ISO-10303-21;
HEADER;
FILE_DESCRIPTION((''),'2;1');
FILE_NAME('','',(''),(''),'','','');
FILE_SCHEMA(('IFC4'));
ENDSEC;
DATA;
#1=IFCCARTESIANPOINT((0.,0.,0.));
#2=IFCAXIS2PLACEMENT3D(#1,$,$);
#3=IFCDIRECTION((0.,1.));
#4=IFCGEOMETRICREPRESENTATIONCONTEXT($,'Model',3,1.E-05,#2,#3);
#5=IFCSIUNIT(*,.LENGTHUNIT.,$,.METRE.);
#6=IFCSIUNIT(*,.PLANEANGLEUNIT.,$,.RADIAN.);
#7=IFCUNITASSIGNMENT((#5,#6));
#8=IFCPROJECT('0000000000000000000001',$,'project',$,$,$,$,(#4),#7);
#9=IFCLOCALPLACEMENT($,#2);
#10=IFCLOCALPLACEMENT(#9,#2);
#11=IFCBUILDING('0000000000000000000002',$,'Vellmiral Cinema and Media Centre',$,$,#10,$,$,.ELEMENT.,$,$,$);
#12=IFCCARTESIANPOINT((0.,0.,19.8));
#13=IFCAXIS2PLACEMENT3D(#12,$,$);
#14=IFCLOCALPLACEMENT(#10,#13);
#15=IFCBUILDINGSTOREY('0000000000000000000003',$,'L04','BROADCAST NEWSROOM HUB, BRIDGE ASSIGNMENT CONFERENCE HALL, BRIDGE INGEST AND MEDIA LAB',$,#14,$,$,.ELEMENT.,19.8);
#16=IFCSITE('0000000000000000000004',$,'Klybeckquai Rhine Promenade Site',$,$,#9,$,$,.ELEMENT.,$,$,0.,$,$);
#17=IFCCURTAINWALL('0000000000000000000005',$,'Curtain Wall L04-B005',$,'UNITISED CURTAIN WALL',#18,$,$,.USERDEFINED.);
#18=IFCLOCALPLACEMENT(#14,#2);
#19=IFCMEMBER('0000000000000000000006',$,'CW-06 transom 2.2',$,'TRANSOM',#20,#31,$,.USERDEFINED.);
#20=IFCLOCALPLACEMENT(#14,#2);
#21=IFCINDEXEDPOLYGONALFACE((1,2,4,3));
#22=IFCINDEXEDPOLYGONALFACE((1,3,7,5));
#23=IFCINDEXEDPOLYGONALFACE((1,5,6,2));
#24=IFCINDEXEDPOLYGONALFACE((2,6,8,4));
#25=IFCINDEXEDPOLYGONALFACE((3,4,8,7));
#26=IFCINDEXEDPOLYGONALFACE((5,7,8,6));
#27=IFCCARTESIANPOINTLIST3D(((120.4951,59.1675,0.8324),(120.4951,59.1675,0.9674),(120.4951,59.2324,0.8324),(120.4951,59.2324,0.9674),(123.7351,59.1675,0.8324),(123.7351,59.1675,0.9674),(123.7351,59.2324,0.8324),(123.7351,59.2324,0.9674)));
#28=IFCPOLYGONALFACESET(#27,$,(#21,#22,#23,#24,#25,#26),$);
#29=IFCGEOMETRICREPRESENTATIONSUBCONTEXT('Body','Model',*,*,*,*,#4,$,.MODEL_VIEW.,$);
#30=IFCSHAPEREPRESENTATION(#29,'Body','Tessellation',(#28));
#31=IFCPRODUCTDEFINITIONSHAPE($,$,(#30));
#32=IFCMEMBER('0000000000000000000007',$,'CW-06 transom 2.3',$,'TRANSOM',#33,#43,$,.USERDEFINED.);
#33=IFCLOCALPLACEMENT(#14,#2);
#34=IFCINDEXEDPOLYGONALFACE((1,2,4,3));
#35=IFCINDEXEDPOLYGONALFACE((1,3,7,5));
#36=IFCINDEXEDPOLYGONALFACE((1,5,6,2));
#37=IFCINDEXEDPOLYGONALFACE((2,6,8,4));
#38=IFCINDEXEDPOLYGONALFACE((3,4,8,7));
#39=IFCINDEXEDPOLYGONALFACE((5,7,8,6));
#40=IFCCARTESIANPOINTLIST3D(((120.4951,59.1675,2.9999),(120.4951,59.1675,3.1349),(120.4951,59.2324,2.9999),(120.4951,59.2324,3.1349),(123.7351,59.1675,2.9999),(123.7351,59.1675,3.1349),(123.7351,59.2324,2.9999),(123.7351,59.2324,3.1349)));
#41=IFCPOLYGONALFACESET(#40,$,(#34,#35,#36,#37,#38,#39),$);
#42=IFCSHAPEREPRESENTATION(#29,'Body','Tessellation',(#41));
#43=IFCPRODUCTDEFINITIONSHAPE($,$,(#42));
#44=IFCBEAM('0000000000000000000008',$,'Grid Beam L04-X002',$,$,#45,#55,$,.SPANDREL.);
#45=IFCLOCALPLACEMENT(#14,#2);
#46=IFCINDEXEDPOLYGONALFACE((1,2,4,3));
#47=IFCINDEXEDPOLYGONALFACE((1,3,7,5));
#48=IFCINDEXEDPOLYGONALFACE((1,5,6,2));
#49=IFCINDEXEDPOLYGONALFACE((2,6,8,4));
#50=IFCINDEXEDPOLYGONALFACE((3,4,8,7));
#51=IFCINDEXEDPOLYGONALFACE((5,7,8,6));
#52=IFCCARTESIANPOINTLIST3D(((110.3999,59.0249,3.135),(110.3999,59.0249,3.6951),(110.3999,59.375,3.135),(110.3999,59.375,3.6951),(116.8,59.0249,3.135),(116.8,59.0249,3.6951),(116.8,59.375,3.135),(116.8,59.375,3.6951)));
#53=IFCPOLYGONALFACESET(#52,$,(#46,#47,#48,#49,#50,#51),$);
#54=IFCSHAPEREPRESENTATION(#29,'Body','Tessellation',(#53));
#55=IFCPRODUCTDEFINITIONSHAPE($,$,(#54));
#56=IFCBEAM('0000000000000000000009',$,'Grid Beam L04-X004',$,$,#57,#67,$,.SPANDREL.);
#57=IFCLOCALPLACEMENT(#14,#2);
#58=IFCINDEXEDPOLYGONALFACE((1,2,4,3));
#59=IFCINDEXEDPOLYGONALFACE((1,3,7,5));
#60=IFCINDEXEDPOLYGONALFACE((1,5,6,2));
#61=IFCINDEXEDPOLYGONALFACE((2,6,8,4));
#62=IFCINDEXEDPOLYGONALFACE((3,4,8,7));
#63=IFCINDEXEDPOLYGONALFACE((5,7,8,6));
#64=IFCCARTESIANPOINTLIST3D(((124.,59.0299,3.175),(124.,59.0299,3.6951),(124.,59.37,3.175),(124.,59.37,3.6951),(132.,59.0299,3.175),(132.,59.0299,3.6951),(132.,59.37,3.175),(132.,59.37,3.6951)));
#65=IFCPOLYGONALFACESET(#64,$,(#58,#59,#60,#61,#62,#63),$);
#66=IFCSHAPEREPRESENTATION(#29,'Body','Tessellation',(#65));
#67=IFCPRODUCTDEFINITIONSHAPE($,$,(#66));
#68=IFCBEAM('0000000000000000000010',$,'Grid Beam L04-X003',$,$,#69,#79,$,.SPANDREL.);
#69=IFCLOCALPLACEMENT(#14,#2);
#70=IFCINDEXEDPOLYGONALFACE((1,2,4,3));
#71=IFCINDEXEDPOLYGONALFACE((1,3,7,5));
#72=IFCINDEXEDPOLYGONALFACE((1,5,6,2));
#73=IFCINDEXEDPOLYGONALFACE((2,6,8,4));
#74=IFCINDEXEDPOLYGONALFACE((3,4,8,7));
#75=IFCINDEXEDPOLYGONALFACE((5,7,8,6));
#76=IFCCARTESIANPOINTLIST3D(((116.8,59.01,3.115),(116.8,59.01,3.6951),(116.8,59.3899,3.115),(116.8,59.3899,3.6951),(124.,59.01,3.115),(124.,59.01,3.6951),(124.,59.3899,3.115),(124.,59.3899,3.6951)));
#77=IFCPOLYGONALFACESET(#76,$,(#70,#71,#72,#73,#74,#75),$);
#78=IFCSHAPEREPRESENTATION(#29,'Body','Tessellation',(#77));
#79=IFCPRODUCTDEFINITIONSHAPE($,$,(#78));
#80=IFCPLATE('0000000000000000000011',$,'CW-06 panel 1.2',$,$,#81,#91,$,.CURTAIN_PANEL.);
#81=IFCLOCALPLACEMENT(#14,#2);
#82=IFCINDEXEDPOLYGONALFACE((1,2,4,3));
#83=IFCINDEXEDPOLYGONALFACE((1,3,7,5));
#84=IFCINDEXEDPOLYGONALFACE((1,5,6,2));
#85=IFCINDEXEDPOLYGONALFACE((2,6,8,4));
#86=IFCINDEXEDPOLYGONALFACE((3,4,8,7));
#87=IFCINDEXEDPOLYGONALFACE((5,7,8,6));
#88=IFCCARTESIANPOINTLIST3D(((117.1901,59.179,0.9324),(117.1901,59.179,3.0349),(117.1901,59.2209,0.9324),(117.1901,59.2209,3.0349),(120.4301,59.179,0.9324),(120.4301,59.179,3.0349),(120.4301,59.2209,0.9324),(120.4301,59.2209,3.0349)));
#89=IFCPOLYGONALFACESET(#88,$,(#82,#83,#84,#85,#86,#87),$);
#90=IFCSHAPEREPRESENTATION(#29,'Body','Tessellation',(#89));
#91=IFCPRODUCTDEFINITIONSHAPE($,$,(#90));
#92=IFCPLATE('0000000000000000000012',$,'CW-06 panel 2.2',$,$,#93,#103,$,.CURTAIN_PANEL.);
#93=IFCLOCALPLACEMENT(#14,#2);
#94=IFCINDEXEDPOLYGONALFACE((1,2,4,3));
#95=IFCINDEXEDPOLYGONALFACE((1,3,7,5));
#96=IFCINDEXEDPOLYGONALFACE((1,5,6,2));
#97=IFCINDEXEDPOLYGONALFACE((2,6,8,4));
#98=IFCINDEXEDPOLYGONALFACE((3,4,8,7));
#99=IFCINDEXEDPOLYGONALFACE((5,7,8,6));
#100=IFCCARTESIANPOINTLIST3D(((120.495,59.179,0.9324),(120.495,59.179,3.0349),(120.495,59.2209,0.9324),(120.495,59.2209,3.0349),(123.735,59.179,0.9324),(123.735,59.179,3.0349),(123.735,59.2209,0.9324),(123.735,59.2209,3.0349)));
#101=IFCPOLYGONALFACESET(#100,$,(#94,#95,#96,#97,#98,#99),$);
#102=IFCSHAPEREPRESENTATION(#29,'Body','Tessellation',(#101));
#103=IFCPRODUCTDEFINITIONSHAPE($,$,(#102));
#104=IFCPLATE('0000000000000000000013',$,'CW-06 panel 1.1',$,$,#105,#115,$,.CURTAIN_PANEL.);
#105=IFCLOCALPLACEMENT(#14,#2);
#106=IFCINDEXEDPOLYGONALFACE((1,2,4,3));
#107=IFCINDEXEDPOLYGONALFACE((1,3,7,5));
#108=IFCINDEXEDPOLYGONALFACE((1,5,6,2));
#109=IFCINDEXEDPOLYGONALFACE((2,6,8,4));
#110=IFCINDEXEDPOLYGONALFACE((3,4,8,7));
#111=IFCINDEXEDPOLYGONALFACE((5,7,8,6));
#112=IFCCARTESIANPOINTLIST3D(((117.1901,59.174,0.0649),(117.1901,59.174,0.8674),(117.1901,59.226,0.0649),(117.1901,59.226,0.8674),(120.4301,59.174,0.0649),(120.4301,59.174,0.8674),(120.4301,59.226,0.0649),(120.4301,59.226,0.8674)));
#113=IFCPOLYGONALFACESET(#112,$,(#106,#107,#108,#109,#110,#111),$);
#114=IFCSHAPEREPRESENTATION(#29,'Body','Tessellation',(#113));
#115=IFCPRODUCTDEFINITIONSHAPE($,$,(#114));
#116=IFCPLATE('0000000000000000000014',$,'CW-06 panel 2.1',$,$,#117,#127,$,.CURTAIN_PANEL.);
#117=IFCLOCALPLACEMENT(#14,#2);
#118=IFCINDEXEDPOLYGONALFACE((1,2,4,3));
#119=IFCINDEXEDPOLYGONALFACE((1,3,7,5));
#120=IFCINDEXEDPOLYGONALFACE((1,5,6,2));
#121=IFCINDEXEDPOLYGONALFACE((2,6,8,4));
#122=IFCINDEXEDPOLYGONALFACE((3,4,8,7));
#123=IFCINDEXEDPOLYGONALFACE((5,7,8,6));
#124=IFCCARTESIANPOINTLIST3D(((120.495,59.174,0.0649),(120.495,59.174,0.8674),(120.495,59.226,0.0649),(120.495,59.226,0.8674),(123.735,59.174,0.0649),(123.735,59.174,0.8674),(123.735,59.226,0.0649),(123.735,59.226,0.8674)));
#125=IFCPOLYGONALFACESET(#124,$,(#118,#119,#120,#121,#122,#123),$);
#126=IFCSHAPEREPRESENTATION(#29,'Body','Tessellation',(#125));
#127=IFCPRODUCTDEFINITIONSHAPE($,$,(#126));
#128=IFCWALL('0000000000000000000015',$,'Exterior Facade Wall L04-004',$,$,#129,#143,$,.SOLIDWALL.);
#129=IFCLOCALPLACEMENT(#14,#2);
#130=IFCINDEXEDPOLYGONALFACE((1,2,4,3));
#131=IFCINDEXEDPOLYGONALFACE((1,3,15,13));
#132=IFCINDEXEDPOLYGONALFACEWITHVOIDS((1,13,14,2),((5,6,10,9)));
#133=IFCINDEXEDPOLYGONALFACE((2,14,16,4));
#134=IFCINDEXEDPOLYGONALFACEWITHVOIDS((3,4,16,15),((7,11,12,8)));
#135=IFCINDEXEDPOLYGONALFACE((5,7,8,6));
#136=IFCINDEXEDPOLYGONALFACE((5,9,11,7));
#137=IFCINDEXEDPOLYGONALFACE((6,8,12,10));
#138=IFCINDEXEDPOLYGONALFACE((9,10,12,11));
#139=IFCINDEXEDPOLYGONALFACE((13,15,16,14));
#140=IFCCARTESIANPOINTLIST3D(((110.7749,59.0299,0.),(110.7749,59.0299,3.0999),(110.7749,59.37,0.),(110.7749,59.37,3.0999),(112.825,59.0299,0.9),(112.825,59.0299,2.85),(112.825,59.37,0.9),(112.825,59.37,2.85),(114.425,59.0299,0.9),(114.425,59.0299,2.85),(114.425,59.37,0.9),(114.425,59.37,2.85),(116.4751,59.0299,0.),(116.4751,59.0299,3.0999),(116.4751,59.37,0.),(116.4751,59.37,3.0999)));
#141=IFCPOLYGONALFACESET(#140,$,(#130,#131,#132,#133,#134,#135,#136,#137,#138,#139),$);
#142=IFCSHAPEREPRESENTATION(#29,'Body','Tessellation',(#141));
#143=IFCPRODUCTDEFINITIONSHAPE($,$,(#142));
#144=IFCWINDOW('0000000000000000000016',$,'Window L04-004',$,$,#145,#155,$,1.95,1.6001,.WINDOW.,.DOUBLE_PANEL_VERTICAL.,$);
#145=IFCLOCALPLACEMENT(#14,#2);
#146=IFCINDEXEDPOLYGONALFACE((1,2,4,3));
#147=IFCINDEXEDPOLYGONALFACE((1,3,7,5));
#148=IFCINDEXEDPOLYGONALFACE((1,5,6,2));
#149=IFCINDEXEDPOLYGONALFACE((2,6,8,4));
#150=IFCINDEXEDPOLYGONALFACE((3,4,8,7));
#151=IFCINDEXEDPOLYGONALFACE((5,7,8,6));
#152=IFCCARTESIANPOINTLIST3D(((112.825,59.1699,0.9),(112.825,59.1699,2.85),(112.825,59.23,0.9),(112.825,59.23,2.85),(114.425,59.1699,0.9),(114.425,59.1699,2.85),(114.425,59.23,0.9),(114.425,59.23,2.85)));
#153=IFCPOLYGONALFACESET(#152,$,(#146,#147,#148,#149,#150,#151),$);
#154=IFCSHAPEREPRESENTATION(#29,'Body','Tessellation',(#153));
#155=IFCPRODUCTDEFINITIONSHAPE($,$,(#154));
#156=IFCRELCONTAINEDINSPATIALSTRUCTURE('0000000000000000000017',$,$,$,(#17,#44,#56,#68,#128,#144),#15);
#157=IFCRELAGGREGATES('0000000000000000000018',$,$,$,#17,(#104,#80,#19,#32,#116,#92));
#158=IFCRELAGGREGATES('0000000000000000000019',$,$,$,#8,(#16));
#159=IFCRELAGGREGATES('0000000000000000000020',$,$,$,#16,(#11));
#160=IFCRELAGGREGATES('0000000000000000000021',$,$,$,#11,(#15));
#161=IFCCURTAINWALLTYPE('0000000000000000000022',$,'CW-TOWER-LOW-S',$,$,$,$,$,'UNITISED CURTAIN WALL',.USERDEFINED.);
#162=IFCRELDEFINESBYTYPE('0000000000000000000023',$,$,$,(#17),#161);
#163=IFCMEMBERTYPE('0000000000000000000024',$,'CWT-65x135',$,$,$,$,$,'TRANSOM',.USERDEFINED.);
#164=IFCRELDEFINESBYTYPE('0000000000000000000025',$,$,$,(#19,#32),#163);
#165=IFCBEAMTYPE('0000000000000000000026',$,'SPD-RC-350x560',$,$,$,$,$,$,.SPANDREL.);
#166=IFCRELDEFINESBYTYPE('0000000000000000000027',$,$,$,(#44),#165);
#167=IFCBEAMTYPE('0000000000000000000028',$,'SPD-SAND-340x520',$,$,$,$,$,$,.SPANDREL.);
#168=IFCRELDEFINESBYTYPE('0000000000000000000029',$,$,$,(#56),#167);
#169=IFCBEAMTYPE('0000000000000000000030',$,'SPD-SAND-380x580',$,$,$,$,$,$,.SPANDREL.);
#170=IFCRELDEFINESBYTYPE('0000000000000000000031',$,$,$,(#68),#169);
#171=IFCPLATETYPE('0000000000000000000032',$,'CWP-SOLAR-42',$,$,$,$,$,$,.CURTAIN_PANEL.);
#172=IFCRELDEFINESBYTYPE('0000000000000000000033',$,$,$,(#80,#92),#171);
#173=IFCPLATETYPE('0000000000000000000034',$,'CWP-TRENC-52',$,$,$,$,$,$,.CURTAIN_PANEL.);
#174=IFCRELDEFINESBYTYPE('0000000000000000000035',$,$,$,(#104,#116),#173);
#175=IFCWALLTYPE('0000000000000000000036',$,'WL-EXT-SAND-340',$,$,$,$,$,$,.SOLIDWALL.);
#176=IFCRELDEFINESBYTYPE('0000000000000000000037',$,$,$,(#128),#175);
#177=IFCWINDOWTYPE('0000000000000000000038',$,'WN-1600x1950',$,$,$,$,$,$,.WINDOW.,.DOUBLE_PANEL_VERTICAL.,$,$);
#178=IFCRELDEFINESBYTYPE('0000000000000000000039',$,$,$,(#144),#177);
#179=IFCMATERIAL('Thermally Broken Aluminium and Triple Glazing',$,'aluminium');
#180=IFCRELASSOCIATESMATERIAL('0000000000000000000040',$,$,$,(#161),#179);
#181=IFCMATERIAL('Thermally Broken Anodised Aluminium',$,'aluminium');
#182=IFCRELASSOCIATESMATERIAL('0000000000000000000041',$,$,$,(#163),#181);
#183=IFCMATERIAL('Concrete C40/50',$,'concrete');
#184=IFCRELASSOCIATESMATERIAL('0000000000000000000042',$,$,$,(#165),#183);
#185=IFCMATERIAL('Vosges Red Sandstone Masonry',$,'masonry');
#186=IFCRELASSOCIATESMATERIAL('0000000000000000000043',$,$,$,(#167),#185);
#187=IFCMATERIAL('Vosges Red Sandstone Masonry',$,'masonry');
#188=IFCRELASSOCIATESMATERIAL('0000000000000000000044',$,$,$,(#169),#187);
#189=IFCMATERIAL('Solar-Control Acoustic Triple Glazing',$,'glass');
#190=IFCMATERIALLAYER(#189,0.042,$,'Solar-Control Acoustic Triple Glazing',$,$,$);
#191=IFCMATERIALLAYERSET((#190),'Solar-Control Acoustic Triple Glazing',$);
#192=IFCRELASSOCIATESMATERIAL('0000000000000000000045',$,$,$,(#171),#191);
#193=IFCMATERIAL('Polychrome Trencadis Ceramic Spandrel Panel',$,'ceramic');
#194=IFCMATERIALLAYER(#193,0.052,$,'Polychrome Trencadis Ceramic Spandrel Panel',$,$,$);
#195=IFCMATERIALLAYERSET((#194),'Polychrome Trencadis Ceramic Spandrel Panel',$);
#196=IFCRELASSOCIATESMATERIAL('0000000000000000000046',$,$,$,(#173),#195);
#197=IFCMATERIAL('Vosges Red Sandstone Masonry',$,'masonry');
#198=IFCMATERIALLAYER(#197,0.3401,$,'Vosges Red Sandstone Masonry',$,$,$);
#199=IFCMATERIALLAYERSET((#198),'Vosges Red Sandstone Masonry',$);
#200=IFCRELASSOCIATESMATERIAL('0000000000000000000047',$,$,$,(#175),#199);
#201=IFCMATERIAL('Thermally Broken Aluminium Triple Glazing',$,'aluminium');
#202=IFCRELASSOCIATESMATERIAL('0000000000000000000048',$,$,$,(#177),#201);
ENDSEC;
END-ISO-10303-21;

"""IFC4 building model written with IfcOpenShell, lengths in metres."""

from ifc_helpers import new_model, si_unit, direction, frame, frame_2d, origin, origin_2d, place, context, subcontext, project, spatial, rectangle, extrude, material, layer, layer_set, material_profile, profile_set, type_object, element, fill, aggregate, save


model = new_model("IFC4")

# Units and contexts
model_context = context("Model", 3, precision=1e-05, world=origin(), true_north=direction((0.0, 1.0)))
body_context = subcontext(model_context, "Body", "Model", "MODEL_VIEW")
ifc_project = project(units=[si_unit("LENGTHUNIT", "METRE"), si_unit("PLANEANGLEUNIT", "RADIAN")], contexts=[model_context])

# Site, building, storey
site_placement = place(None, origin())
site = spatial("IfcSite", under=ifc_project, at=site_placement, Name="Klybeckquai Rhine Promenade Site", CompositionType="ELEMENT", RefElevation=0.0)
building_placement = place(site_placement, origin())
building = spatial("IfcBuilding", under=site, at=building_placement, Name="Vellmiral Cinema and Media Centre", CompositionType="ELEMENT")
storey_placement = place(building_placement, frame((0.0, 0.0, 19.8)))
storey = spatial("IfcBuildingStorey", under=building, at=storey_placement, Name="L04", Description="BROADCAST NEWSROOM HUB, BRIDGE ASSIGNMENT CONFERENCE HALL, BRIDGE INGEST AND MEDIA LAB", CompositionType="ELEMENT", Elevation=19.8)

# Shared definitions
ifc_material_1 = material(Name="Thermally Broken Aluminium and Triple Glazing", Category="aluminium")
curtain_wall_type = type_object("IfcCurtainWallType", Name="CW-TOWER-LOW-S", ElementType="UNITISED CURTAIN WALL", PredefinedType="USERDEFINED", material=ifc_material_1)

# Curtain wall, members
curtain_wall_1_placement = place(storey_placement, origin())
curtain_wall_1 = element("IfcCurtainWall", 1, at=curtain_wall_1_placement, inside=storey, type_object=curtain_wall_type, Name="Curtain Wall L04-B005", ObjectType="UNITISED CURTAIN WALL", PredefinedType="USERDEFINED")
ifc_material_2 = material(Name="Thermally Broken Anodised Aluminium", Category="aluminium")
ifc_material_profile_1 = material_profile(ifc_material_2, rectangle(XDim=0.0649, YDim=0.135, at=origin_2d()), Name="MULL 65x135")
ifc_profile_set_1 = profile_set([ifc_material_profile_1], Name="Thermally Broken Anodised Aluminium")
member_type_1 = type_object("IfcMemberType", Name="CWT-65x135", ElementType="TRANSOM", PredefinedType="USERDEFINED", material=ifc_profile_set_1)
member_1_placement = place(storey_placement, frame((120.4951, 59.2, 0.8999), z_axis=(1.0, 0.0, 0.0), x_axis=(0.0, 1.0, 0.0)))
member_1 = element("IfcMember", 2, at=member_1_placement, type_object=member_type_1, Name="CW-06 transom 2.2", ObjectType="TRANSOM", PredefinedType="USERDEFINED", context=body_context, shape_type="SweptSolid", body=[
    extrude(rectangle(XDim=0.0649, YDim=0.135, at=origin_2d()), origin(), (0.0, 0.0, 1.0), 3.24),
])
member_2_placement = place(storey_placement, frame((120.4951, 59.2, 3.0674), z_axis=(1.0, 0.0, 0.0), x_axis=(0.0, 1.0, 0.0)))
member_2 = element("IfcMember", 3, at=member_2_placement, type_object=member_type_1, Name="CW-06 transom 2.3", ObjectType="TRANSOM", PredefinedType="USERDEFINED", context=body_context, shape_type="SweptSolid", body=[
    extrude(rectangle(XDim=0.0649, YDim=0.135, at=origin_2d()), origin(), (0.0, 0.0, 1.0), 3.24),
])

# Beams
ifc_material_3 = material(Name="Concrete C40/50", Category="concrete")
ifc_material_profile_2 = material_profile(ifc_material_3, rectangle(XDim=0.3501, YDim=0.5601, at=origin_2d()), Name="RC 350x560")
ifc_profile_set_2 = profile_set([ifc_material_profile_2], Name="Concrete C40/50")
beam_type_1 = type_object("IfcBeamType", Name="SPD-RC-350x560", PredefinedType="SPANDREL", material=ifc_profile_set_2)
beam_1_placement = place(storey_placement, frame((110.3999, 59.2, 3.415), z_axis=(1.0, 0.0, 0.0), x_axis=(0.0, 1.0, 0.0)))
element("IfcBeam", 4, at=beam_1_placement, inside=storey, type_object=beam_type_1, Name="Grid Beam L04-X002", PredefinedType="SPANDREL", context=body_context, shape_type="SweptSolid", body=[
    extrude(rectangle(XDim=0.3501, YDim=0.5601, at=origin_2d()), origin(), (0.0, 0.0, 1.0), 6.4001),
])
ifc_material_4 = material(Name="Vosges Red Sandstone Masonry", Category="masonry")
ifc_material_profile_3 = material_profile(ifc_material_4, rectangle(XDim=0.3401, YDim=0.52, at=origin_2d()), Name="SAND 340x520")
ifc_profile_set_3 = profile_set([ifc_material_profile_3], Name="Vosges Red Sandstone Masonry")
beam_type_2 = type_object("IfcBeamType", Name="SPD-SAND-340x520", PredefinedType="SPANDREL", material=ifc_profile_set_3)
beam_2_placement = place(storey_placement, frame((124.0, 59.2, 3.4351), z_axis=(1.0, 0.0, 0.0), x_axis=(0.0, 1.0, 0.0)))
element("IfcBeam", 5, at=beam_2_placement, inside=storey, type_object=beam_type_2, Name="Grid Beam L04-X004", PredefinedType="SPANDREL", context=body_context, shape_type="SweptSolid", body=[
    extrude(rectangle(XDim=0.3401, YDim=0.52, at=origin_2d()), origin(), (0.0, 0.0, 1.0), 8.0),
])
ifc_material_5 = material(Name="Vosges Red Sandstone Masonry", Category="masonry")
ifc_material_profile_4 = material_profile(ifc_material_5, rectangle(XDim=0.3799, YDim=0.5801, at=origin_2d()), Name="SAND 380x580")
ifc_profile_set_4 = profile_set([ifc_material_profile_4], Name="Vosges Red Sandstone Masonry")
beam_type_3 = type_object("IfcBeamType", Name="SPD-SAND-380x580", PredefinedType="SPANDREL", material=ifc_profile_set_4)
beam_3_placement = place(storey_placement, frame((116.8, 59.2, 3.405), z_axis=(1.0, 0.0, 0.0), x_axis=(0.0, 1.0, 0.0)))
element("IfcBeam", 6, at=beam_3_placement, inside=storey, type_object=beam_type_3, Name="Grid Beam L04-X003", PredefinedType="SPANDREL", context=body_context, shape_type="SweptSolid", body=[
    extrude(rectangle(XDim=0.3799, YDim=0.5801, at=origin_2d()), origin(), (0.0, 0.0, 1.0), 7.2),
])

# Plates
ifc_material_6 = material(Name="Solar-Control Acoustic Triple Glazing", Category="glass")
ifc_layer_1 = layer(ifc_material_6, 0.042, Name="Solar-Control Acoustic Triple Glazing")
ifc_layer_set_1 = layer_set([ifc_layer_1], Name="Solar-Control Acoustic Triple Glazing")
plate_type_1 = type_object("IfcPlateType", Name="CWP-SOLAR-42", PredefinedType="CURTAIN_PANEL", material=ifc_layer_set_1)
plate_1_placement = place(storey_placement, frame((118.8101, 59.2, 0.9324), z_axis=(0.0, 0.0, 1.0), x_axis=(1.0, 0.0, 0.0)))
plate_1 = element("IfcPlate", 7, at=plate_1_placement, type_object=plate_type_1, Name="CW-06 panel 1.2", PredefinedType="CURTAIN_PANEL", context=body_context, shape_type="SweptSolid", body=[
    extrude(rectangle(XDim=3.24, YDim=0.042, at=origin_2d()), origin(), (0.0, 0.0, 1.0), 2.1025),
])
plate_2_placement = place(storey_placement, frame((122.115, 59.2, 0.9324), z_axis=(0.0, 0.0, 1.0), x_axis=(1.0, 0.0, 0.0)))
plate_2 = element("IfcPlate", 8, at=plate_2_placement, type_object=plate_type_1, Name="CW-06 panel 2.2", PredefinedType="CURTAIN_PANEL", context=body_context, shape_type="SweptSolid", body=[
    extrude(rectangle(XDim=3.24, YDim=0.042, at=origin_2d()), origin(), (0.0, 0.0, 1.0), 2.1025),
])
ifc_material_7 = material(Name="Polychrome Trencadis Ceramic Spandrel Panel", Category="ceramic")
ifc_layer_2 = layer(ifc_material_7, 0.052, Name="Polychrome Trencadis Ceramic Spandrel Panel")
ifc_layer_set_2 = layer_set([ifc_layer_2], Name="Polychrome Trencadis Ceramic Spandrel Panel")
plate_type_2 = type_object("IfcPlateType", Name="CWP-TRENC-52", PredefinedType="CURTAIN_PANEL", material=ifc_layer_set_2)
plate_3_placement = place(storey_placement, frame((118.8101, 59.2, 0.0649), z_axis=(0.0, 0.0, 1.0), x_axis=(1.0, 0.0, 0.0)))
plate_3 = element("IfcPlate", 9, at=plate_3_placement, type_object=plate_type_2, Name="CW-06 panel 1.1", PredefinedType="CURTAIN_PANEL", context=body_context, shape_type="SweptSolid", body=[
    extrude(rectangle(XDim=3.24, YDim=0.052, at=origin_2d()), origin(), (0.0, 0.0, 1.0), 0.8025),
])
plate_4_placement = place(storey_placement, frame((122.115, 59.2, 0.0649), z_axis=(0.0, 0.0, 1.0), x_axis=(1.0, 0.0, 0.0)))
plate_4 = element("IfcPlate", 10, at=plate_4_placement, type_object=plate_type_2, Name="CW-06 panel 2.1", PredefinedType="CURTAIN_PANEL", context=body_context, shape_type="SweptSolid", body=[
    extrude(rectangle(XDim=3.24, YDim=0.052, at=origin_2d()), origin(), (0.0, 0.0, 1.0), 0.8025),
])
aggregate(curtain_wall_1, [plate_3, plate_1, member_1, member_2, plate_4, plate_2])

# Wall, opening, window
ifc_material_8 = material(Name="Vosges Red Sandstone Masonry", Category="masonry")
ifc_layer_3 = layer(ifc_material_8, 0.3401, Name="Vosges Red Sandstone Masonry")
ifc_layer_set_3 = layer_set([ifc_layer_3], Name="Vosges Red Sandstone Masonry")
wall_type = type_object("IfcWallType", Name="WL-EXT-SAND-340", PredefinedType="SOLIDWALL", material=ifc_layer_set_3)
wall_placement = place(storey_placement, frame((110.7749, 59.2, 0.0), z_axis=(0.0, 0.0, 1.0), x_axis=(1.0, 0.0, 0.0)))
wall = element("IfcWall", 11, at=wall_placement, inside=storey, type_object=wall_type, Name="Exterior Facade Wall L04-004", PredefinedType="SOLIDWALL", context=body_context, shape_type="SweptSolid", body=[
    extrude(rectangle(XDim=5.7002, YDim=0.3401, at=frame_2d((2.8501, 0.0))), origin(), (0.0, 0.0, 1.0), 3.0999),
])
opening_placement = place(wall_placement, frame((2.05, 0.0, 0.8999)))
opening = element("IfcOpeningElement", 12, at=opening_placement, cuts=wall, PredefinedType="OPENING", context=body_context, shape_type="SweptSolid", body=[
    extrude(rectangle(XDim=1.6001, YDim=1.95, at=frame_2d((0.8, 0.9751))), frame((0.0, 0.1821, 0.0), z_axis=(0.0, -1.0, 0.0), x_axis=(1.0, 0.0, 0.0)), (0.0, 0.0, 1.0), 0.364),
])
ifc_material_9 = material(Name="Thermally Broken Aluminium Triple Glazing", Category="aluminium")
window_type = type_object("IfcWindowType", Name="WN-1600x1950", PartitioningType="DOUBLE_PANEL_VERTICAL", PredefinedType="WINDOW", material=ifc_material_9)
window_placement = place(opening_placement, origin())
window = element("IfcWindow", 13, at=window_placement, inside=storey, type_object=window_type, Name="Window L04-004", OverallHeight=1.95, OverallWidth=1.6001, PartitioningType="DOUBLE_PANEL_VERTICAL", PredefinedType="WINDOW", context=body_context, shape_type="SweptSolid", body=[
    extrude(rectangle(XDim=1.6001, YDim=1.95, at=frame_2d((0.8, 0.9751))), frame((0.0, 0.03, 0.0), z_axis=(0.0, -1.0, 0.0), x_axis=(1.0, 0.0, 0.0)), (0.0, 0.0, 1.0), 0.0601),
])
fill(opening, window)

save(model, "model.ifc")
